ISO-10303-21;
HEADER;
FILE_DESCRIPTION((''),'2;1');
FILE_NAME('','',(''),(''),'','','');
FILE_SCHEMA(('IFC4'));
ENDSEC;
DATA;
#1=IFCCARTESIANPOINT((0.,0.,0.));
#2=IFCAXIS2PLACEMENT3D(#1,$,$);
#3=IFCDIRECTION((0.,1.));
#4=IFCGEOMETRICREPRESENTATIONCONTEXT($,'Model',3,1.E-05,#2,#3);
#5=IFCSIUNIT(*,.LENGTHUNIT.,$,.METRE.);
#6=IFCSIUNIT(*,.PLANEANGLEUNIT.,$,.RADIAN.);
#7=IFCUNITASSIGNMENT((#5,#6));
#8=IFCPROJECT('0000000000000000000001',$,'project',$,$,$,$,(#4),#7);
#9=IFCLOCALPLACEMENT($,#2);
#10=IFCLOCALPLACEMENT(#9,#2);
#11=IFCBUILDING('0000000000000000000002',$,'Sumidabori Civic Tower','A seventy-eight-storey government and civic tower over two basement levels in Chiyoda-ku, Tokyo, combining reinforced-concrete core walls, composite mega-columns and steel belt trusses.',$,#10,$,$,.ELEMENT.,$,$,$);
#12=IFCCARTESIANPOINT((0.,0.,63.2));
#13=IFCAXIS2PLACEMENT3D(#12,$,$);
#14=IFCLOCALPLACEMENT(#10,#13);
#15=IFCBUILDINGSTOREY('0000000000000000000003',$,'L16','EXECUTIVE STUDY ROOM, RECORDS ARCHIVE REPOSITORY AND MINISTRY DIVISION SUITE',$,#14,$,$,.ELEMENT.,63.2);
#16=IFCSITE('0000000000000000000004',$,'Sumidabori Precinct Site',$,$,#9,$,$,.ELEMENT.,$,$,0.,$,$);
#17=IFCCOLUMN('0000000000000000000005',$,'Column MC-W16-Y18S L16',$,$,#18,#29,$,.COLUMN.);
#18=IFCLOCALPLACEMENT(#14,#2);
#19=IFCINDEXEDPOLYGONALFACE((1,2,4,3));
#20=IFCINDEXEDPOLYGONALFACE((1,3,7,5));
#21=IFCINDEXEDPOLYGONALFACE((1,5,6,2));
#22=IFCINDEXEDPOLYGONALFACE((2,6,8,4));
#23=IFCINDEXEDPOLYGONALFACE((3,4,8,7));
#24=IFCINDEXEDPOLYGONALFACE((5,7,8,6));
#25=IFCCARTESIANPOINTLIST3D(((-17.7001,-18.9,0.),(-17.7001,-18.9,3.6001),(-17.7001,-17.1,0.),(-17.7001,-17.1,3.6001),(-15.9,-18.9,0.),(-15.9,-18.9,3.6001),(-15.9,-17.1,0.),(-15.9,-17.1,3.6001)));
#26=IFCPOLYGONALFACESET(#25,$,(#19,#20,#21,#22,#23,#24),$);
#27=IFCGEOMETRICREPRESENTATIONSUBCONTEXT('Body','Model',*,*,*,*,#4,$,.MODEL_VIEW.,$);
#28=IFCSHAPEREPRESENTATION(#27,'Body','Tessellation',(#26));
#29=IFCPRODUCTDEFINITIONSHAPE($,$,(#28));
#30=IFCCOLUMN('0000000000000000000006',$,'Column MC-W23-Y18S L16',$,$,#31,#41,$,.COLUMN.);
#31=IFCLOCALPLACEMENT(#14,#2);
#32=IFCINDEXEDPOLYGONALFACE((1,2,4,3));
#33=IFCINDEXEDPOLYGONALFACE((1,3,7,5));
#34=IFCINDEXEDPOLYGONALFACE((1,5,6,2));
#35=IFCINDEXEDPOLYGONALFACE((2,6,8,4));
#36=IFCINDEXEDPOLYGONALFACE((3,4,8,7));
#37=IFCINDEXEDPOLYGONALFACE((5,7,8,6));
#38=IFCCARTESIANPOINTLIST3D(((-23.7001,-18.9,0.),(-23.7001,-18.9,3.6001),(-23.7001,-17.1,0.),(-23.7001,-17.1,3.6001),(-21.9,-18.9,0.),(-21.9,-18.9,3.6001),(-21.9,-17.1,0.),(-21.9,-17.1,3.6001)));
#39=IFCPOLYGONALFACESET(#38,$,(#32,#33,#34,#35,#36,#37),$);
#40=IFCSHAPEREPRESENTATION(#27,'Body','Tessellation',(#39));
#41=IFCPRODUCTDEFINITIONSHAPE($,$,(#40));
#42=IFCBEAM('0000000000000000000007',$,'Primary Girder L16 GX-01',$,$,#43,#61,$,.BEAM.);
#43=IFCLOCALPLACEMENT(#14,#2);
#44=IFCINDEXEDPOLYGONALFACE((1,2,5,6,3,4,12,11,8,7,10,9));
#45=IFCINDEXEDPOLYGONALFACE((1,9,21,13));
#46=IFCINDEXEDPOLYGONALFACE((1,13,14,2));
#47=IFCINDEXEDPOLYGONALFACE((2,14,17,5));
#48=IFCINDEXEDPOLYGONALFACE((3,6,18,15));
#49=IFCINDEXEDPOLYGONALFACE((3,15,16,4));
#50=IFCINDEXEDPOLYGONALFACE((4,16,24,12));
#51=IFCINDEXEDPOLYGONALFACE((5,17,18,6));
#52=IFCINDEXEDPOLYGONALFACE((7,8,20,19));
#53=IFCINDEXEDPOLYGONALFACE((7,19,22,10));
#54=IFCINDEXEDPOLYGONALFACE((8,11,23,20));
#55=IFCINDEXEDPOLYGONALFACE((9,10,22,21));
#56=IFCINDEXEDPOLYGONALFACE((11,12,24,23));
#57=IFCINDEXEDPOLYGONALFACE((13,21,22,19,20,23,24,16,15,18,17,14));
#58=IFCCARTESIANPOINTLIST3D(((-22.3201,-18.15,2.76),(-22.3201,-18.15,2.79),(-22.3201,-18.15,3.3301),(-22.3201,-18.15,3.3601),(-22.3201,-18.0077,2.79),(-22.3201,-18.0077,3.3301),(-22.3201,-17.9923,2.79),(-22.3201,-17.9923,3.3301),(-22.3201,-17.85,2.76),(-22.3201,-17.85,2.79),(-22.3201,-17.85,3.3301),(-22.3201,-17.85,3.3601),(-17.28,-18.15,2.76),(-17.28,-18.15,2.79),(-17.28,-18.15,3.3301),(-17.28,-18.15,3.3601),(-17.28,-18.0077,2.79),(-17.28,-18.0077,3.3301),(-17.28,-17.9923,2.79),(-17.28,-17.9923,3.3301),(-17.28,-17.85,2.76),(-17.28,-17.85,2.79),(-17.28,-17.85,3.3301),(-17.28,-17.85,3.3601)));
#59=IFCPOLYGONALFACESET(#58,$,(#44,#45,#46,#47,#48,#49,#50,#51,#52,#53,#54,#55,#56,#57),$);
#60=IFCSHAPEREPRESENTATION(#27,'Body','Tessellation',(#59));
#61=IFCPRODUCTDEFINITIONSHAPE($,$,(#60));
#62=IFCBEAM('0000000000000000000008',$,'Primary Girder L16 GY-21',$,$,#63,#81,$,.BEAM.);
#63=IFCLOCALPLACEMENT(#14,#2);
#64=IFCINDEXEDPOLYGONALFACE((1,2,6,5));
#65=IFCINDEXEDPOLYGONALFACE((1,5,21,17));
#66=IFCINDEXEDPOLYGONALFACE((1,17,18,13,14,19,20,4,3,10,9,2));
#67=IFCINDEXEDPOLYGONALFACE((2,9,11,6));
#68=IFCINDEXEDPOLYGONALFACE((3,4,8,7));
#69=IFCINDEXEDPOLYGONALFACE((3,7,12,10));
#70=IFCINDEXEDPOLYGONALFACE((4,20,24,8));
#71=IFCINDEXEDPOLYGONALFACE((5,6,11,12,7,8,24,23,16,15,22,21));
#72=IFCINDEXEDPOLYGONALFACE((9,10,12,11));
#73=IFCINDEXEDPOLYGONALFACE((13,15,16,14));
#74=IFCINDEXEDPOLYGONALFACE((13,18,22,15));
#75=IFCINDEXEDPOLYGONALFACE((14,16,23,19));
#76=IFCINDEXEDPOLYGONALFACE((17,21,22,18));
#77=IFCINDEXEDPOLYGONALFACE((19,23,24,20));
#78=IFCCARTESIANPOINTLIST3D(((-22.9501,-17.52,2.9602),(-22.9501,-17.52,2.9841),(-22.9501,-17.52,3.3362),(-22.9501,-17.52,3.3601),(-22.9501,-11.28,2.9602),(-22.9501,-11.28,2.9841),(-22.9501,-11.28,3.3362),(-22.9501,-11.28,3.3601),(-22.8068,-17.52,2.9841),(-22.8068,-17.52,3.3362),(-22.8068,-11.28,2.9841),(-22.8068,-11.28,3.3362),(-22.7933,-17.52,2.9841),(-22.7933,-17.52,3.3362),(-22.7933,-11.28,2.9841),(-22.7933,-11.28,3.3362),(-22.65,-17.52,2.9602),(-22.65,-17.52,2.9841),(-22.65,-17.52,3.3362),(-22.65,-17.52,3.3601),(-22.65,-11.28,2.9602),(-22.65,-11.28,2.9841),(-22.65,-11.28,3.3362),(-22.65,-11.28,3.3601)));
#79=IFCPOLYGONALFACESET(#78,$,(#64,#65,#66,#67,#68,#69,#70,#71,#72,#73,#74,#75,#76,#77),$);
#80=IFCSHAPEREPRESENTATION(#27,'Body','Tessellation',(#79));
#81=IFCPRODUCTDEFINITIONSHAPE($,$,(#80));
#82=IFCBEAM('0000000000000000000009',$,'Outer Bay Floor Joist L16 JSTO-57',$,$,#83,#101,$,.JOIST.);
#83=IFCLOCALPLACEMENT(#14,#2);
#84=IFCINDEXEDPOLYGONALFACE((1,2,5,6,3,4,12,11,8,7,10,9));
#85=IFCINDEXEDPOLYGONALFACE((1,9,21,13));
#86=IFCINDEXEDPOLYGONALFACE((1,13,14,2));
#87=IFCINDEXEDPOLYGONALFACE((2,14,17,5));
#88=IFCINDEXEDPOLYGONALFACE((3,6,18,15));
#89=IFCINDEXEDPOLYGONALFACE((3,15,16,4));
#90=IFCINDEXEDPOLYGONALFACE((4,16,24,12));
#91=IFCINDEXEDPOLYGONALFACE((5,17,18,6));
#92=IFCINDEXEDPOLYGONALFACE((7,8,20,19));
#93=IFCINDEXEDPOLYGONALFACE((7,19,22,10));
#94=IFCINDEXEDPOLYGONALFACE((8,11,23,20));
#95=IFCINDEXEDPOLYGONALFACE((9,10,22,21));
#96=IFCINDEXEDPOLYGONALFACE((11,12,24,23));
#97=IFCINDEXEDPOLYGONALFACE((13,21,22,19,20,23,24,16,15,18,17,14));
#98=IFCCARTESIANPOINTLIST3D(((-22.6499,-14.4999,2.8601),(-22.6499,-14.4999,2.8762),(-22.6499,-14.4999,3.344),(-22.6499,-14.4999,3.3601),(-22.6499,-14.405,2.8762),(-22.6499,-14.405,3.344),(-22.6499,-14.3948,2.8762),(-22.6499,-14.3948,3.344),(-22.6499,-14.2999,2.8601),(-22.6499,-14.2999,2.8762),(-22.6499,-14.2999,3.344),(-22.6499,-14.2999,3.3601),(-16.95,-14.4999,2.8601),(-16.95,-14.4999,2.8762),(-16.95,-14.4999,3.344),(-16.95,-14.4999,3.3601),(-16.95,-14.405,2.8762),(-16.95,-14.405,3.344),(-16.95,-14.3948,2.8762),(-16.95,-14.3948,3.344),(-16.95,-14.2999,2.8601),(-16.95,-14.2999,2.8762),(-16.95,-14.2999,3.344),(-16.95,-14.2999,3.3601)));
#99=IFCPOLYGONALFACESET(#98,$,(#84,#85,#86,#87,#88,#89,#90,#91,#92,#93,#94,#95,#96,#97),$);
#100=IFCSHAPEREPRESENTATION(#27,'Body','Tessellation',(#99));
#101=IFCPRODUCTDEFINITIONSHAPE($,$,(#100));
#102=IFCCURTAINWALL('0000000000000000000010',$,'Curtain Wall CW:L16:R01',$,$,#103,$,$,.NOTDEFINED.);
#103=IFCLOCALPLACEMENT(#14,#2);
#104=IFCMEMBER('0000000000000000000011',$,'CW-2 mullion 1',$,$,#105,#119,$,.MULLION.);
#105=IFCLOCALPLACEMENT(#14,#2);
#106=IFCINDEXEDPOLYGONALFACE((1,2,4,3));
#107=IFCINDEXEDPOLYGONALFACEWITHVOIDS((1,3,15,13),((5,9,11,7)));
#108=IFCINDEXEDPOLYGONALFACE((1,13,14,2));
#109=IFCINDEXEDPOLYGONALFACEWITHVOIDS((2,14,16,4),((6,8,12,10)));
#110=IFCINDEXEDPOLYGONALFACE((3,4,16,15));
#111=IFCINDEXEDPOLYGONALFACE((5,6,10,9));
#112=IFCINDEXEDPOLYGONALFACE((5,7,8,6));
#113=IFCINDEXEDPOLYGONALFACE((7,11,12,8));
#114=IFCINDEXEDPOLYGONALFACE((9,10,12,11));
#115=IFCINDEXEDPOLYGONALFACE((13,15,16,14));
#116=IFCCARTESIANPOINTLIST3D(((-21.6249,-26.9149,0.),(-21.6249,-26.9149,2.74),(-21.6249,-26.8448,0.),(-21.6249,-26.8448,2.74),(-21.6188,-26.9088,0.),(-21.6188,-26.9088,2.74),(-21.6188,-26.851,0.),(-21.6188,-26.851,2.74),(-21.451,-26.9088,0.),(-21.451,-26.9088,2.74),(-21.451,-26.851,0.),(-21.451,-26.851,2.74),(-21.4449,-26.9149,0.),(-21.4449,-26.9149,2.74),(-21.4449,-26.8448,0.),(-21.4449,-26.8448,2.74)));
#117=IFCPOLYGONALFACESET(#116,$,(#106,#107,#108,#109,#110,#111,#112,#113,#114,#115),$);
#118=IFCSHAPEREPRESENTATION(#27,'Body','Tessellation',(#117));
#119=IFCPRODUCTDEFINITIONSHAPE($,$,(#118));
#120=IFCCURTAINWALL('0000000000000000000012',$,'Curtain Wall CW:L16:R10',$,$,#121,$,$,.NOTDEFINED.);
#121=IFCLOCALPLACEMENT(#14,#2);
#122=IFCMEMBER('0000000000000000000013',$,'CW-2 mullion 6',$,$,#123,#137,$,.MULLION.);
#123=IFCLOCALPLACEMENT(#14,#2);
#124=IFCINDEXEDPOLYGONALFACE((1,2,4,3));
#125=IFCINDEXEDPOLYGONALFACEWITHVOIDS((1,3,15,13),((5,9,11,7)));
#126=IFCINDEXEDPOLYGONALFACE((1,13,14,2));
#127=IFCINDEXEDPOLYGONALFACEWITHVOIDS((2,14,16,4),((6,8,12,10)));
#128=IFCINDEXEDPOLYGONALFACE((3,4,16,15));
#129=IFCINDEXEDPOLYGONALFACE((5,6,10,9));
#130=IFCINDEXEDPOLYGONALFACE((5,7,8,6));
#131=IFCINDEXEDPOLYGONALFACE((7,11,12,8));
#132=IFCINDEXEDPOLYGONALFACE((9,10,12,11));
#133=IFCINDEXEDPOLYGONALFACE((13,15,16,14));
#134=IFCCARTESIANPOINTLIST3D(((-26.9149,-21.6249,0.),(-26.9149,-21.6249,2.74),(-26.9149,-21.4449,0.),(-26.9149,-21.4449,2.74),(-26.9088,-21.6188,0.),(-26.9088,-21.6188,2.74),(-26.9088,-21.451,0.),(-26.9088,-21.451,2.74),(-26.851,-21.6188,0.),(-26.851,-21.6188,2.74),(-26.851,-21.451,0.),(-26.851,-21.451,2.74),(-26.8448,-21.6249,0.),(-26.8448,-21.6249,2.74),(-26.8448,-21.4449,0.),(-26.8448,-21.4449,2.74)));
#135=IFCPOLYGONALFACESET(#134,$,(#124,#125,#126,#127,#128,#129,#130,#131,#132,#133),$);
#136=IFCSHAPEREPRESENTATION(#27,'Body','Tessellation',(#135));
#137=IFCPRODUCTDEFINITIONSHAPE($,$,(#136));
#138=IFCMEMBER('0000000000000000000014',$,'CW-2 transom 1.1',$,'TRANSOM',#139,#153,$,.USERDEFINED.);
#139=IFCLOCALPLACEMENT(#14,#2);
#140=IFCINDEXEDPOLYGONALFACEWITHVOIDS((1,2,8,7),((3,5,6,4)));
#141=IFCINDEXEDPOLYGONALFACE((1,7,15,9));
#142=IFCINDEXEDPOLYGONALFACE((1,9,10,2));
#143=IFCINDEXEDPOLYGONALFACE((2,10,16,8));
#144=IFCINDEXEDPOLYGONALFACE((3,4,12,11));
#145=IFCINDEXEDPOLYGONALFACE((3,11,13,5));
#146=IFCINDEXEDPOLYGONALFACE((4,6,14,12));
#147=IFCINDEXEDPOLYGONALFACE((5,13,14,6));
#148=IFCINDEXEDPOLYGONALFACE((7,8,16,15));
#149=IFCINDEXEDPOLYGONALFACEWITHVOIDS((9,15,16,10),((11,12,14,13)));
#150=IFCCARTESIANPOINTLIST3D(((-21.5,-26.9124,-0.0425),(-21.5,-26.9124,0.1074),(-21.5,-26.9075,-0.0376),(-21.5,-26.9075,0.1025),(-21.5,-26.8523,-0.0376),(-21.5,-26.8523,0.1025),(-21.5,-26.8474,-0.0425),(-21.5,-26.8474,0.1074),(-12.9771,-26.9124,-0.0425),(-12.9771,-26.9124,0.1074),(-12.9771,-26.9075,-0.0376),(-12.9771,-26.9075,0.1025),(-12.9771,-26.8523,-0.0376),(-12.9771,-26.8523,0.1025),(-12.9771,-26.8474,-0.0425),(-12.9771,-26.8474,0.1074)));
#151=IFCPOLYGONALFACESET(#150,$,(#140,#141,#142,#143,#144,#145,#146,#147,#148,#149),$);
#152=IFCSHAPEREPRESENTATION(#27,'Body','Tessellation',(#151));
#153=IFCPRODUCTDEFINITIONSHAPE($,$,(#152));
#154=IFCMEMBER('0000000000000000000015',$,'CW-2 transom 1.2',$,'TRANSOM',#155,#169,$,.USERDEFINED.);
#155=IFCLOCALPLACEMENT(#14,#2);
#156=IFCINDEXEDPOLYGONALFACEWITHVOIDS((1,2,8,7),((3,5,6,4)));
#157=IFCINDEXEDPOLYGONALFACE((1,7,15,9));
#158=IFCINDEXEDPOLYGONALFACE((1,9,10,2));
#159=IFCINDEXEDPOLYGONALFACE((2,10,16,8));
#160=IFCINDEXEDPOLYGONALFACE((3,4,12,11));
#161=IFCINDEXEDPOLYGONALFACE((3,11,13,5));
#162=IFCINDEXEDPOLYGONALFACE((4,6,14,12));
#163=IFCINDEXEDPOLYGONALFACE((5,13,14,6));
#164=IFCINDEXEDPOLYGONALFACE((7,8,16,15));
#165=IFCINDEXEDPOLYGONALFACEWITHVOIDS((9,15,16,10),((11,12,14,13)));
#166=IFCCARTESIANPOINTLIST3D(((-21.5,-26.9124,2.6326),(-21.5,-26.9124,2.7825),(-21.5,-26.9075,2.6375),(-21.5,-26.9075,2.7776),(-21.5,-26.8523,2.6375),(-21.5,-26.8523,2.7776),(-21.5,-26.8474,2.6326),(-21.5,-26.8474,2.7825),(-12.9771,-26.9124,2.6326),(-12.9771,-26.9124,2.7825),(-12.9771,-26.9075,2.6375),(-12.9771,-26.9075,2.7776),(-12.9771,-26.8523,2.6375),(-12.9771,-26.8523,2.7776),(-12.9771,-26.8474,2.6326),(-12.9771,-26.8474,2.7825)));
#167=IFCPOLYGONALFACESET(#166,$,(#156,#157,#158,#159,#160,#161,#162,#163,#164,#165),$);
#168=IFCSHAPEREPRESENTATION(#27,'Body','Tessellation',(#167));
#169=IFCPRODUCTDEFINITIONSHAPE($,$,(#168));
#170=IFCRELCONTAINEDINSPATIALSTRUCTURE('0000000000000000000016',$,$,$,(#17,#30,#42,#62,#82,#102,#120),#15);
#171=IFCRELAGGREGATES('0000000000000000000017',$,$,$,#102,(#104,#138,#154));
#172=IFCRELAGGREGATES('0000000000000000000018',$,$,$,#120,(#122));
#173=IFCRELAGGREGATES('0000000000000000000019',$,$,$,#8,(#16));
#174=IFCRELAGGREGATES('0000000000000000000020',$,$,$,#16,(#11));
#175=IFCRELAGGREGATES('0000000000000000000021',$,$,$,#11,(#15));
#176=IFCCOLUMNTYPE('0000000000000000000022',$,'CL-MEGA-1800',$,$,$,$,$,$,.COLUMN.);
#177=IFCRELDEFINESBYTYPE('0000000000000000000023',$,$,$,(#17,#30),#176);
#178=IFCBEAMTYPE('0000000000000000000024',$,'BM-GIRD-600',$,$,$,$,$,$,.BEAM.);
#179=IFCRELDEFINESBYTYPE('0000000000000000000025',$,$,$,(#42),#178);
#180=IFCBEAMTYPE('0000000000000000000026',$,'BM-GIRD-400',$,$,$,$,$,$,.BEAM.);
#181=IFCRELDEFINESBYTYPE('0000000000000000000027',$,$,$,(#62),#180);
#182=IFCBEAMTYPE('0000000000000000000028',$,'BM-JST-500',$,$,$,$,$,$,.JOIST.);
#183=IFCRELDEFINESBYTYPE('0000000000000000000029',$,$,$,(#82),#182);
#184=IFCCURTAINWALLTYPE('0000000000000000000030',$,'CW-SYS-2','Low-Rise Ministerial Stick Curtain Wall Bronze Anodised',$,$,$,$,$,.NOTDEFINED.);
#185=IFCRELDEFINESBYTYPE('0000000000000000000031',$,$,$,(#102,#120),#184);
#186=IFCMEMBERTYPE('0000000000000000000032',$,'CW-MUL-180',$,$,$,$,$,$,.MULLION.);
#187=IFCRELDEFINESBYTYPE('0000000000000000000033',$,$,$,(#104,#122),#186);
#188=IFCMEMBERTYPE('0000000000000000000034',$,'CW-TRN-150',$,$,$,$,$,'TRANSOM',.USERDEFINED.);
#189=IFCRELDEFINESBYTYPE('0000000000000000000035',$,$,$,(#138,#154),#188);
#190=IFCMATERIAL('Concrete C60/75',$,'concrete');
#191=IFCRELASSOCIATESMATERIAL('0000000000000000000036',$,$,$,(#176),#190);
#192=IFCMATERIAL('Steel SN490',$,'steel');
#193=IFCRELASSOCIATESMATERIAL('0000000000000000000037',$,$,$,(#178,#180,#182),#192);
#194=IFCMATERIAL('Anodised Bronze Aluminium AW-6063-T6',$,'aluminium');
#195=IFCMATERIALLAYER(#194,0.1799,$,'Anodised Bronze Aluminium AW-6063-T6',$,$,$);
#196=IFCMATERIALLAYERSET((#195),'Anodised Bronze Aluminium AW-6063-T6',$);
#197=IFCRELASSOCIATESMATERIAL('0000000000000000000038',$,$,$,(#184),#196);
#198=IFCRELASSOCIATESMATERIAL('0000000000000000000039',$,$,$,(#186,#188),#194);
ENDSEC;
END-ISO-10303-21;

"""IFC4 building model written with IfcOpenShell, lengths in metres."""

from ifc_helpers import new_model, si_unit, direction, frame, origin, origin_2d, place, context, subcontext, project, spatial, rectangle, hollow_rectangle, i_section, extrude, source, transform, mapped, material, layer, layer_set, material_profile, profile_set, type_object, element, aggregate, save


model = new_model("IFC4")

# Units and contexts
model_context = context("Model", 3, precision=1e-05, world=origin(), true_north=direction((0.0, 1.0)))
body_context = subcontext(model_context, "Body", "Model", "MODEL_VIEW")
ifc_project = project(units=[si_unit("LENGTHUNIT", "METRE"), si_unit("PLANEANGLEUNIT", "RADIAN")], contexts=[model_context])

# Site, building, storey
site_placement = place(None, origin())
site = spatial("IfcSite", under=ifc_project, at=site_placement, Name="Sumidabori Precinct Site", CompositionType="ELEMENT", RefElevation=0.0)
building_placement = place(site_placement, origin())
building = spatial("IfcBuilding", under=site, at=building_placement, Name="Sumidabori Civic Tower", Description="A seventy-eight-storey government and civic tower over two basement levels in Chiyoda-ku, Tokyo, combining reinforced-concrete core walls, composite mega-columns and steel belt trusses.", CompositionType="ELEMENT")
storey_placement = place(building_placement, frame((0.0, 0.0, 63.2)))
storey = spatial("IfcBuildingStorey", under=building, at=storey_placement, Name="L16", Description="EXECUTIVE STUDY ROOM, RECORDS ARCHIVE REPOSITORY AND MINISTRY DIVISION SUITE", CompositionType="ELEMENT", Elevation=63.2)

# Columns
ifc_material_1 = material(Name="Concrete C60/75", Category="concrete")
ifc_material_profile_1 = material_profile(ifc_material_1, rectangle(XDim=1.8, YDim=1.8, at=origin_2d()), Name="RC 1800x1800")
ifc_profile_set_1 = profile_set([ifc_material_profile_1], Name="Concrete C60/75")
column_type = type_object("IfcColumnType", Name="CL-MEGA-1800", PredefinedType="COLUMN", material=ifc_profile_set_1)
shared_shape_1 = source(origin(), body_context, "Body", "SweptSolid", [
    extrude(rectangle(XDim=1.8, YDim=1.8, at=origin_2d()), origin(), (0.0, 0.0, 1.0), 3.6001),
])
for number, where, z_axis, x_axis, name in (
    (1, (-16.8, -18.0, 0.0), (0.0, 0.0, 1.0), (1.0, 0.0, 0.0), "Column MC-W16-Y18S L16"),
    (2, (-22.8, -18.0, 0.0), (0.0, 0.0, 1.0), (1.0, 0.0, 0.0), "Column MC-W23-Y18S L16"),
):
    element("IfcColumn", number, at=place(storey_placement, frame(where, z_axis=z_axis, x_axis=x_axis)), inside=storey, type_object=column_type, Name=name, PredefinedType="COLUMN", context=body_context, shape_type="MappedRepresentation", body=[
        mapped(shared_shape_1, transform((0.0, 0.0, 0.0), x_axis=(1.0, 0.0, 0.0), y_axis=(0.0, 1.0, 0.0), z_axis=(0.0, 0.0, 1.0), scale=1.0)),
    ])

# Beams
ifc_material_2 = material(Name="Steel SN490", Category="steel")
ifc_material_profile_2 = material_profile(ifc_material_2, i_section(OverallWidth=0.3, OverallDepth=0.6001, WebThickness=0.0154, FlangeThickness=0.03, at=origin_2d()), Name="HE 600 B")
ifc_profile_set_2 = profile_set([ifc_material_profile_2], Name="Steel SN490")
beam_type_1 = type_object("IfcBeamType", Name="BM-GIRD-600", PredefinedType="BEAM", material=ifc_profile_set_2)
shared_shape_2 = source(origin(), body_context, "Body", "SweptSolid", [
    extrude(i_section(OverallWidth=0.3, OverallDepth=0.6001, WebThickness=0.0154, FlangeThickness=0.03, at=origin_2d()), origin(), (0.0, 0.0, 1.0), 5.04),
])
beam_1_placement = place(storey_placement, frame((-22.3201, -18.0, 3.0601), z_axis=(1.0, 0.0, 0.0), x_axis=(0.0, 1.0, 0.0)))
element("IfcBeam", 3, at=beam_1_placement, inside=storey, type_object=beam_type_1, Name="Primary Girder L16 GX-01", PredefinedType="BEAM", context=body_context, shape_type="MappedRepresentation", body=[
    mapped(shared_shape_2, transform((0.0, 0.0, 0.0), x_axis=(1.0, 0.0, 0.0), y_axis=(0.0, 1.0, 0.0), z_axis=(0.0, 0.0, 1.0), scale=1.0)),
])
ifc_material_profile_3 = material_profile(ifc_material_2, i_section(OverallWidth=0.3, OverallDepth=0.3999, WebThickness=0.0134, FlangeThickness=0.0239, at=origin_2d()), Name="HE 400 B")
ifc_profile_set_3 = profile_set([ifc_material_profile_3], Name="Steel SN490")
beam_type_2 = type_object("IfcBeamType", Name="BM-GIRD-400", PredefinedType="BEAM", material=ifc_profile_set_3)
shared_shape_3 = source(origin(), body_context, "Body", "SweptSolid", [
    extrude(i_section(OverallWidth=0.3, OverallDepth=0.3999, WebThickness=0.0134, FlangeThickness=0.0239, at=origin_2d()), origin(), (0.0, 0.0, 1.0), 6.24),
])
beam_2_placement = place(storey_placement, frame((-22.8, -17.52, 3.1602), z_axis=(0.0, 1.0, 0.0), x_axis=(-1.0, 0.0, 0.0)))
element("IfcBeam", 4, at=beam_2_placement, inside=storey, type_object=beam_type_2, Name="Primary Girder L16 GY-21", PredefinedType="BEAM", context=body_context, shape_type="MappedRepresentation", body=[
    mapped(shared_shape_3, transform((0.0, 0.0, 0.0), x_axis=(1.0, 0.0, 0.0), y_axis=(0.0, 1.0, 0.0), z_axis=(0.0, 0.0, 1.0), scale=1.0)),
])
ifc_material_profile_4 = material_profile(ifc_material_2, i_section(OverallWidth=0.2, OverallDepth=0.5, WebThickness=0.0103, FlangeThickness=0.0161, at=origin_2d()), Name="IPE 500")
ifc_profile_set_4 = profile_set([ifc_material_profile_4], Name="Steel SN490")
beam_type_3 = type_object("IfcBeamType", Name="BM-JST-500", PredefinedType="JOIST", material=ifc_profile_set_4)
shared_shape_4 = source(origin(), body_context, "Body", "SweptSolid", [
    extrude(i_section(OverallWidth=0.2, OverallDepth=0.5, WebThickness=0.0103, FlangeThickness=0.0161, at=origin_2d()), origin(), (0.0, 0.0, 1.0), 5.7),
])
beam_3_placement = place(storey_placement, frame((-22.6499, -14.3999, 3.1101), z_axis=(1.0, 0.0, 0.0), x_axis=(0.0, 1.0, 0.0)))
element("IfcBeam", 5, at=beam_3_placement, inside=storey, type_object=beam_type_3, Name="Outer Bay Floor Joist L16 JSTO-57", PredefinedType="JOIST", context=body_context, shape_type="MappedRepresentation", body=[
    mapped(shared_shape_4, transform((0.0, 0.0, 0.0), x_axis=(1.0, 0.0, 0.0), y_axis=(0.0, 1.0, 0.0), z_axis=(0.0, 0.0, 1.0), scale=1.0)),
])

# Curtain walls, members
ifc_material_3 = material(Name="Anodised Bronze Aluminium AW-6063-T6", Category="aluminium")
ifc_layer_1 = layer(ifc_material_3, 0.1799, Name="Anodised Bronze Aluminium AW-6063-T6")
ifc_layer_set_1 = layer_set([ifc_layer_1], Name="Anodised Bronze Aluminium AW-6063-T6")
curtain_wall_type = type_object("IfcCurtainWallType", Name="CW-SYS-2", Description="Low-Rise Ministerial Stick Curtain Wall Bronze Anodised", PredefinedType="NOTDEFINED", material=ifc_layer_set_1)
curtain_wall_1_placement = place(storey_placement, origin())
curtain_wall_1 = element("IfcCurtainWall", 6, at=curtain_wall_1_placement, inside=storey, type_object=curtain_wall_type, Name="Curtain Wall CW:L16:R01", PredefinedType="NOTDEFINED")
ifc_material_profile_5 = material_profile(ifc_material_3, hollow_rectangle(XDim=0.0701, YDim=0.1799, WallThickness=0.0061, at=origin_2d()), Name="ALU MULLION 180x70")
ifc_profile_set_5 = profile_set([ifc_material_profile_5], Name="Anodised Bronze Aluminium AW-6063-T6")
member_type_1 = type_object("IfcMemberType", Name="CW-MUL-180", PredefinedType="MULLION", material=ifc_profile_set_5)
shared_shape_5 = source(origin(), body_context, "Body", "SweptSolid", [
    extrude(hollow_rectangle(XDim=0.0701, YDim=0.1799, WallThickness=0.0061, at=origin_2d()), origin(), (0.0, 0.0, 1.0), 2.74),
])
member_1_placement = place(storey_placement, frame((-21.5349, -26.8799, 0.0), z_axis=(0.0, 0.0, 1.0), x_axis=(0.0, 1.0, 0.0)))
member_1 = element("IfcMember", 7, at=member_1_placement, type_object=member_type_1, Name="CW-2 mullion 1", PredefinedType="MULLION", context=body_context, shape_type="MappedRepresentation", body=[
    mapped(shared_shape_5, transform((0.0, 0.0, 0.0), x_axis=(1.0, 0.0, 0.0), y_axis=(0.0, 1.0, 0.0), z_axis=(0.0, 0.0, 1.0), scale=1.0)),
])
curtain_wall_2_placement = place(storey_placement, origin())
curtain_wall_2 = element("IfcCurtainWall", 8, at=curtain_wall_2_placement, inside=storey, type_object=curtain_wall_type, Name="Curtain Wall CW:L16:R10", PredefinedType="NOTDEFINED")
member_2_placement = place(storey_placement, frame((-26.8799, -21.5349, 0.0), z_axis=(0.0, 0.0, 1.0), x_axis=(1.0, 0.0, 0.0)))
member_2 = element("IfcMember", 9, at=member_2_placement, type_object=member_type_1, Name="CW-2 mullion 6", PredefinedType="MULLION", context=body_context, shape_type="MappedRepresentation", body=[
    mapped(shared_shape_5, transform((0.0, 0.0, 0.0), x_axis=(1.0, 0.0, 0.0), y_axis=(0.0, 1.0, 0.0), z_axis=(0.0, 0.0, 1.0), scale=1.0)),
])

# Members
ifc_material_profile_6 = material_profile(ifc_material_3, hollow_rectangle(XDim=0.0649, YDim=0.1499, WallThickness=0.0049, at=origin_2d()), Name="ALU TRANSOM 150x65")
ifc_profile_set_6 = profile_set([ifc_material_profile_6], Name="Anodised Bronze Aluminium AW-6063-T6")
member_type_2 = type_object("IfcMemberType", Name="CW-TRN-150", ElementType="TRANSOM", PredefinedType="USERDEFINED", material=ifc_profile_set_6)
shared_shape_6 = source(origin(), body_context, "Body", "SweptSolid", [
    extrude(hollow_rectangle(XDim=0.0649, YDim=0.1499, WallThickness=0.0049, at=origin_2d()), origin(), (0.0, 0.0, 1.0), 8.5229),
])
member_3_placement = place(storey_placement, frame((-21.5, -26.8799, 0.0325), z_axis=(1.0, 0.0, 0.0), x_axis=(0.0, 1.0, 0.0)))
member_3 = element("IfcMember", 10, at=member_3_placement, type_object=member_type_2, Name="CW-2 transom 1.1", ObjectType="TRANSOM", PredefinedType="USERDEFINED", context=body_context, shape_type="MappedRepresentation", body=[
    mapped(shared_shape_6, transform((0.0, 0.0, 0.0), x_axis=(1.0, 0.0, 0.0), y_axis=(0.0, 1.0, 0.0), z_axis=(0.0, 0.0, 1.0), scale=1.0)),
])
member_4_placement = place(storey_placement, frame((-21.5, -26.8799, 2.7075), z_axis=(1.0, 0.0, 0.0), x_axis=(0.0, 1.0, 0.0)))
member_4 = element("IfcMember", 11, at=member_4_placement, type_object=member_type_2, Name="CW-2 transom 1.2", ObjectType="TRANSOM", PredefinedType="USERDEFINED", context=body_context, shape_type="MappedRepresentation", body=[
    mapped(shared_shape_6, transform((0.0, 0.0, 0.0), x_axis=(1.0, 0.0, 0.0), y_axis=(0.0, 1.0, 0.0), z_axis=(0.0, 0.0, 1.0), scale=1.0)),
])

aggregate(curtain_wall_1, [member_1, member_3, member_4])
aggregate(curtain_wall_2, [member_2])

save(model, "model.ifc")
